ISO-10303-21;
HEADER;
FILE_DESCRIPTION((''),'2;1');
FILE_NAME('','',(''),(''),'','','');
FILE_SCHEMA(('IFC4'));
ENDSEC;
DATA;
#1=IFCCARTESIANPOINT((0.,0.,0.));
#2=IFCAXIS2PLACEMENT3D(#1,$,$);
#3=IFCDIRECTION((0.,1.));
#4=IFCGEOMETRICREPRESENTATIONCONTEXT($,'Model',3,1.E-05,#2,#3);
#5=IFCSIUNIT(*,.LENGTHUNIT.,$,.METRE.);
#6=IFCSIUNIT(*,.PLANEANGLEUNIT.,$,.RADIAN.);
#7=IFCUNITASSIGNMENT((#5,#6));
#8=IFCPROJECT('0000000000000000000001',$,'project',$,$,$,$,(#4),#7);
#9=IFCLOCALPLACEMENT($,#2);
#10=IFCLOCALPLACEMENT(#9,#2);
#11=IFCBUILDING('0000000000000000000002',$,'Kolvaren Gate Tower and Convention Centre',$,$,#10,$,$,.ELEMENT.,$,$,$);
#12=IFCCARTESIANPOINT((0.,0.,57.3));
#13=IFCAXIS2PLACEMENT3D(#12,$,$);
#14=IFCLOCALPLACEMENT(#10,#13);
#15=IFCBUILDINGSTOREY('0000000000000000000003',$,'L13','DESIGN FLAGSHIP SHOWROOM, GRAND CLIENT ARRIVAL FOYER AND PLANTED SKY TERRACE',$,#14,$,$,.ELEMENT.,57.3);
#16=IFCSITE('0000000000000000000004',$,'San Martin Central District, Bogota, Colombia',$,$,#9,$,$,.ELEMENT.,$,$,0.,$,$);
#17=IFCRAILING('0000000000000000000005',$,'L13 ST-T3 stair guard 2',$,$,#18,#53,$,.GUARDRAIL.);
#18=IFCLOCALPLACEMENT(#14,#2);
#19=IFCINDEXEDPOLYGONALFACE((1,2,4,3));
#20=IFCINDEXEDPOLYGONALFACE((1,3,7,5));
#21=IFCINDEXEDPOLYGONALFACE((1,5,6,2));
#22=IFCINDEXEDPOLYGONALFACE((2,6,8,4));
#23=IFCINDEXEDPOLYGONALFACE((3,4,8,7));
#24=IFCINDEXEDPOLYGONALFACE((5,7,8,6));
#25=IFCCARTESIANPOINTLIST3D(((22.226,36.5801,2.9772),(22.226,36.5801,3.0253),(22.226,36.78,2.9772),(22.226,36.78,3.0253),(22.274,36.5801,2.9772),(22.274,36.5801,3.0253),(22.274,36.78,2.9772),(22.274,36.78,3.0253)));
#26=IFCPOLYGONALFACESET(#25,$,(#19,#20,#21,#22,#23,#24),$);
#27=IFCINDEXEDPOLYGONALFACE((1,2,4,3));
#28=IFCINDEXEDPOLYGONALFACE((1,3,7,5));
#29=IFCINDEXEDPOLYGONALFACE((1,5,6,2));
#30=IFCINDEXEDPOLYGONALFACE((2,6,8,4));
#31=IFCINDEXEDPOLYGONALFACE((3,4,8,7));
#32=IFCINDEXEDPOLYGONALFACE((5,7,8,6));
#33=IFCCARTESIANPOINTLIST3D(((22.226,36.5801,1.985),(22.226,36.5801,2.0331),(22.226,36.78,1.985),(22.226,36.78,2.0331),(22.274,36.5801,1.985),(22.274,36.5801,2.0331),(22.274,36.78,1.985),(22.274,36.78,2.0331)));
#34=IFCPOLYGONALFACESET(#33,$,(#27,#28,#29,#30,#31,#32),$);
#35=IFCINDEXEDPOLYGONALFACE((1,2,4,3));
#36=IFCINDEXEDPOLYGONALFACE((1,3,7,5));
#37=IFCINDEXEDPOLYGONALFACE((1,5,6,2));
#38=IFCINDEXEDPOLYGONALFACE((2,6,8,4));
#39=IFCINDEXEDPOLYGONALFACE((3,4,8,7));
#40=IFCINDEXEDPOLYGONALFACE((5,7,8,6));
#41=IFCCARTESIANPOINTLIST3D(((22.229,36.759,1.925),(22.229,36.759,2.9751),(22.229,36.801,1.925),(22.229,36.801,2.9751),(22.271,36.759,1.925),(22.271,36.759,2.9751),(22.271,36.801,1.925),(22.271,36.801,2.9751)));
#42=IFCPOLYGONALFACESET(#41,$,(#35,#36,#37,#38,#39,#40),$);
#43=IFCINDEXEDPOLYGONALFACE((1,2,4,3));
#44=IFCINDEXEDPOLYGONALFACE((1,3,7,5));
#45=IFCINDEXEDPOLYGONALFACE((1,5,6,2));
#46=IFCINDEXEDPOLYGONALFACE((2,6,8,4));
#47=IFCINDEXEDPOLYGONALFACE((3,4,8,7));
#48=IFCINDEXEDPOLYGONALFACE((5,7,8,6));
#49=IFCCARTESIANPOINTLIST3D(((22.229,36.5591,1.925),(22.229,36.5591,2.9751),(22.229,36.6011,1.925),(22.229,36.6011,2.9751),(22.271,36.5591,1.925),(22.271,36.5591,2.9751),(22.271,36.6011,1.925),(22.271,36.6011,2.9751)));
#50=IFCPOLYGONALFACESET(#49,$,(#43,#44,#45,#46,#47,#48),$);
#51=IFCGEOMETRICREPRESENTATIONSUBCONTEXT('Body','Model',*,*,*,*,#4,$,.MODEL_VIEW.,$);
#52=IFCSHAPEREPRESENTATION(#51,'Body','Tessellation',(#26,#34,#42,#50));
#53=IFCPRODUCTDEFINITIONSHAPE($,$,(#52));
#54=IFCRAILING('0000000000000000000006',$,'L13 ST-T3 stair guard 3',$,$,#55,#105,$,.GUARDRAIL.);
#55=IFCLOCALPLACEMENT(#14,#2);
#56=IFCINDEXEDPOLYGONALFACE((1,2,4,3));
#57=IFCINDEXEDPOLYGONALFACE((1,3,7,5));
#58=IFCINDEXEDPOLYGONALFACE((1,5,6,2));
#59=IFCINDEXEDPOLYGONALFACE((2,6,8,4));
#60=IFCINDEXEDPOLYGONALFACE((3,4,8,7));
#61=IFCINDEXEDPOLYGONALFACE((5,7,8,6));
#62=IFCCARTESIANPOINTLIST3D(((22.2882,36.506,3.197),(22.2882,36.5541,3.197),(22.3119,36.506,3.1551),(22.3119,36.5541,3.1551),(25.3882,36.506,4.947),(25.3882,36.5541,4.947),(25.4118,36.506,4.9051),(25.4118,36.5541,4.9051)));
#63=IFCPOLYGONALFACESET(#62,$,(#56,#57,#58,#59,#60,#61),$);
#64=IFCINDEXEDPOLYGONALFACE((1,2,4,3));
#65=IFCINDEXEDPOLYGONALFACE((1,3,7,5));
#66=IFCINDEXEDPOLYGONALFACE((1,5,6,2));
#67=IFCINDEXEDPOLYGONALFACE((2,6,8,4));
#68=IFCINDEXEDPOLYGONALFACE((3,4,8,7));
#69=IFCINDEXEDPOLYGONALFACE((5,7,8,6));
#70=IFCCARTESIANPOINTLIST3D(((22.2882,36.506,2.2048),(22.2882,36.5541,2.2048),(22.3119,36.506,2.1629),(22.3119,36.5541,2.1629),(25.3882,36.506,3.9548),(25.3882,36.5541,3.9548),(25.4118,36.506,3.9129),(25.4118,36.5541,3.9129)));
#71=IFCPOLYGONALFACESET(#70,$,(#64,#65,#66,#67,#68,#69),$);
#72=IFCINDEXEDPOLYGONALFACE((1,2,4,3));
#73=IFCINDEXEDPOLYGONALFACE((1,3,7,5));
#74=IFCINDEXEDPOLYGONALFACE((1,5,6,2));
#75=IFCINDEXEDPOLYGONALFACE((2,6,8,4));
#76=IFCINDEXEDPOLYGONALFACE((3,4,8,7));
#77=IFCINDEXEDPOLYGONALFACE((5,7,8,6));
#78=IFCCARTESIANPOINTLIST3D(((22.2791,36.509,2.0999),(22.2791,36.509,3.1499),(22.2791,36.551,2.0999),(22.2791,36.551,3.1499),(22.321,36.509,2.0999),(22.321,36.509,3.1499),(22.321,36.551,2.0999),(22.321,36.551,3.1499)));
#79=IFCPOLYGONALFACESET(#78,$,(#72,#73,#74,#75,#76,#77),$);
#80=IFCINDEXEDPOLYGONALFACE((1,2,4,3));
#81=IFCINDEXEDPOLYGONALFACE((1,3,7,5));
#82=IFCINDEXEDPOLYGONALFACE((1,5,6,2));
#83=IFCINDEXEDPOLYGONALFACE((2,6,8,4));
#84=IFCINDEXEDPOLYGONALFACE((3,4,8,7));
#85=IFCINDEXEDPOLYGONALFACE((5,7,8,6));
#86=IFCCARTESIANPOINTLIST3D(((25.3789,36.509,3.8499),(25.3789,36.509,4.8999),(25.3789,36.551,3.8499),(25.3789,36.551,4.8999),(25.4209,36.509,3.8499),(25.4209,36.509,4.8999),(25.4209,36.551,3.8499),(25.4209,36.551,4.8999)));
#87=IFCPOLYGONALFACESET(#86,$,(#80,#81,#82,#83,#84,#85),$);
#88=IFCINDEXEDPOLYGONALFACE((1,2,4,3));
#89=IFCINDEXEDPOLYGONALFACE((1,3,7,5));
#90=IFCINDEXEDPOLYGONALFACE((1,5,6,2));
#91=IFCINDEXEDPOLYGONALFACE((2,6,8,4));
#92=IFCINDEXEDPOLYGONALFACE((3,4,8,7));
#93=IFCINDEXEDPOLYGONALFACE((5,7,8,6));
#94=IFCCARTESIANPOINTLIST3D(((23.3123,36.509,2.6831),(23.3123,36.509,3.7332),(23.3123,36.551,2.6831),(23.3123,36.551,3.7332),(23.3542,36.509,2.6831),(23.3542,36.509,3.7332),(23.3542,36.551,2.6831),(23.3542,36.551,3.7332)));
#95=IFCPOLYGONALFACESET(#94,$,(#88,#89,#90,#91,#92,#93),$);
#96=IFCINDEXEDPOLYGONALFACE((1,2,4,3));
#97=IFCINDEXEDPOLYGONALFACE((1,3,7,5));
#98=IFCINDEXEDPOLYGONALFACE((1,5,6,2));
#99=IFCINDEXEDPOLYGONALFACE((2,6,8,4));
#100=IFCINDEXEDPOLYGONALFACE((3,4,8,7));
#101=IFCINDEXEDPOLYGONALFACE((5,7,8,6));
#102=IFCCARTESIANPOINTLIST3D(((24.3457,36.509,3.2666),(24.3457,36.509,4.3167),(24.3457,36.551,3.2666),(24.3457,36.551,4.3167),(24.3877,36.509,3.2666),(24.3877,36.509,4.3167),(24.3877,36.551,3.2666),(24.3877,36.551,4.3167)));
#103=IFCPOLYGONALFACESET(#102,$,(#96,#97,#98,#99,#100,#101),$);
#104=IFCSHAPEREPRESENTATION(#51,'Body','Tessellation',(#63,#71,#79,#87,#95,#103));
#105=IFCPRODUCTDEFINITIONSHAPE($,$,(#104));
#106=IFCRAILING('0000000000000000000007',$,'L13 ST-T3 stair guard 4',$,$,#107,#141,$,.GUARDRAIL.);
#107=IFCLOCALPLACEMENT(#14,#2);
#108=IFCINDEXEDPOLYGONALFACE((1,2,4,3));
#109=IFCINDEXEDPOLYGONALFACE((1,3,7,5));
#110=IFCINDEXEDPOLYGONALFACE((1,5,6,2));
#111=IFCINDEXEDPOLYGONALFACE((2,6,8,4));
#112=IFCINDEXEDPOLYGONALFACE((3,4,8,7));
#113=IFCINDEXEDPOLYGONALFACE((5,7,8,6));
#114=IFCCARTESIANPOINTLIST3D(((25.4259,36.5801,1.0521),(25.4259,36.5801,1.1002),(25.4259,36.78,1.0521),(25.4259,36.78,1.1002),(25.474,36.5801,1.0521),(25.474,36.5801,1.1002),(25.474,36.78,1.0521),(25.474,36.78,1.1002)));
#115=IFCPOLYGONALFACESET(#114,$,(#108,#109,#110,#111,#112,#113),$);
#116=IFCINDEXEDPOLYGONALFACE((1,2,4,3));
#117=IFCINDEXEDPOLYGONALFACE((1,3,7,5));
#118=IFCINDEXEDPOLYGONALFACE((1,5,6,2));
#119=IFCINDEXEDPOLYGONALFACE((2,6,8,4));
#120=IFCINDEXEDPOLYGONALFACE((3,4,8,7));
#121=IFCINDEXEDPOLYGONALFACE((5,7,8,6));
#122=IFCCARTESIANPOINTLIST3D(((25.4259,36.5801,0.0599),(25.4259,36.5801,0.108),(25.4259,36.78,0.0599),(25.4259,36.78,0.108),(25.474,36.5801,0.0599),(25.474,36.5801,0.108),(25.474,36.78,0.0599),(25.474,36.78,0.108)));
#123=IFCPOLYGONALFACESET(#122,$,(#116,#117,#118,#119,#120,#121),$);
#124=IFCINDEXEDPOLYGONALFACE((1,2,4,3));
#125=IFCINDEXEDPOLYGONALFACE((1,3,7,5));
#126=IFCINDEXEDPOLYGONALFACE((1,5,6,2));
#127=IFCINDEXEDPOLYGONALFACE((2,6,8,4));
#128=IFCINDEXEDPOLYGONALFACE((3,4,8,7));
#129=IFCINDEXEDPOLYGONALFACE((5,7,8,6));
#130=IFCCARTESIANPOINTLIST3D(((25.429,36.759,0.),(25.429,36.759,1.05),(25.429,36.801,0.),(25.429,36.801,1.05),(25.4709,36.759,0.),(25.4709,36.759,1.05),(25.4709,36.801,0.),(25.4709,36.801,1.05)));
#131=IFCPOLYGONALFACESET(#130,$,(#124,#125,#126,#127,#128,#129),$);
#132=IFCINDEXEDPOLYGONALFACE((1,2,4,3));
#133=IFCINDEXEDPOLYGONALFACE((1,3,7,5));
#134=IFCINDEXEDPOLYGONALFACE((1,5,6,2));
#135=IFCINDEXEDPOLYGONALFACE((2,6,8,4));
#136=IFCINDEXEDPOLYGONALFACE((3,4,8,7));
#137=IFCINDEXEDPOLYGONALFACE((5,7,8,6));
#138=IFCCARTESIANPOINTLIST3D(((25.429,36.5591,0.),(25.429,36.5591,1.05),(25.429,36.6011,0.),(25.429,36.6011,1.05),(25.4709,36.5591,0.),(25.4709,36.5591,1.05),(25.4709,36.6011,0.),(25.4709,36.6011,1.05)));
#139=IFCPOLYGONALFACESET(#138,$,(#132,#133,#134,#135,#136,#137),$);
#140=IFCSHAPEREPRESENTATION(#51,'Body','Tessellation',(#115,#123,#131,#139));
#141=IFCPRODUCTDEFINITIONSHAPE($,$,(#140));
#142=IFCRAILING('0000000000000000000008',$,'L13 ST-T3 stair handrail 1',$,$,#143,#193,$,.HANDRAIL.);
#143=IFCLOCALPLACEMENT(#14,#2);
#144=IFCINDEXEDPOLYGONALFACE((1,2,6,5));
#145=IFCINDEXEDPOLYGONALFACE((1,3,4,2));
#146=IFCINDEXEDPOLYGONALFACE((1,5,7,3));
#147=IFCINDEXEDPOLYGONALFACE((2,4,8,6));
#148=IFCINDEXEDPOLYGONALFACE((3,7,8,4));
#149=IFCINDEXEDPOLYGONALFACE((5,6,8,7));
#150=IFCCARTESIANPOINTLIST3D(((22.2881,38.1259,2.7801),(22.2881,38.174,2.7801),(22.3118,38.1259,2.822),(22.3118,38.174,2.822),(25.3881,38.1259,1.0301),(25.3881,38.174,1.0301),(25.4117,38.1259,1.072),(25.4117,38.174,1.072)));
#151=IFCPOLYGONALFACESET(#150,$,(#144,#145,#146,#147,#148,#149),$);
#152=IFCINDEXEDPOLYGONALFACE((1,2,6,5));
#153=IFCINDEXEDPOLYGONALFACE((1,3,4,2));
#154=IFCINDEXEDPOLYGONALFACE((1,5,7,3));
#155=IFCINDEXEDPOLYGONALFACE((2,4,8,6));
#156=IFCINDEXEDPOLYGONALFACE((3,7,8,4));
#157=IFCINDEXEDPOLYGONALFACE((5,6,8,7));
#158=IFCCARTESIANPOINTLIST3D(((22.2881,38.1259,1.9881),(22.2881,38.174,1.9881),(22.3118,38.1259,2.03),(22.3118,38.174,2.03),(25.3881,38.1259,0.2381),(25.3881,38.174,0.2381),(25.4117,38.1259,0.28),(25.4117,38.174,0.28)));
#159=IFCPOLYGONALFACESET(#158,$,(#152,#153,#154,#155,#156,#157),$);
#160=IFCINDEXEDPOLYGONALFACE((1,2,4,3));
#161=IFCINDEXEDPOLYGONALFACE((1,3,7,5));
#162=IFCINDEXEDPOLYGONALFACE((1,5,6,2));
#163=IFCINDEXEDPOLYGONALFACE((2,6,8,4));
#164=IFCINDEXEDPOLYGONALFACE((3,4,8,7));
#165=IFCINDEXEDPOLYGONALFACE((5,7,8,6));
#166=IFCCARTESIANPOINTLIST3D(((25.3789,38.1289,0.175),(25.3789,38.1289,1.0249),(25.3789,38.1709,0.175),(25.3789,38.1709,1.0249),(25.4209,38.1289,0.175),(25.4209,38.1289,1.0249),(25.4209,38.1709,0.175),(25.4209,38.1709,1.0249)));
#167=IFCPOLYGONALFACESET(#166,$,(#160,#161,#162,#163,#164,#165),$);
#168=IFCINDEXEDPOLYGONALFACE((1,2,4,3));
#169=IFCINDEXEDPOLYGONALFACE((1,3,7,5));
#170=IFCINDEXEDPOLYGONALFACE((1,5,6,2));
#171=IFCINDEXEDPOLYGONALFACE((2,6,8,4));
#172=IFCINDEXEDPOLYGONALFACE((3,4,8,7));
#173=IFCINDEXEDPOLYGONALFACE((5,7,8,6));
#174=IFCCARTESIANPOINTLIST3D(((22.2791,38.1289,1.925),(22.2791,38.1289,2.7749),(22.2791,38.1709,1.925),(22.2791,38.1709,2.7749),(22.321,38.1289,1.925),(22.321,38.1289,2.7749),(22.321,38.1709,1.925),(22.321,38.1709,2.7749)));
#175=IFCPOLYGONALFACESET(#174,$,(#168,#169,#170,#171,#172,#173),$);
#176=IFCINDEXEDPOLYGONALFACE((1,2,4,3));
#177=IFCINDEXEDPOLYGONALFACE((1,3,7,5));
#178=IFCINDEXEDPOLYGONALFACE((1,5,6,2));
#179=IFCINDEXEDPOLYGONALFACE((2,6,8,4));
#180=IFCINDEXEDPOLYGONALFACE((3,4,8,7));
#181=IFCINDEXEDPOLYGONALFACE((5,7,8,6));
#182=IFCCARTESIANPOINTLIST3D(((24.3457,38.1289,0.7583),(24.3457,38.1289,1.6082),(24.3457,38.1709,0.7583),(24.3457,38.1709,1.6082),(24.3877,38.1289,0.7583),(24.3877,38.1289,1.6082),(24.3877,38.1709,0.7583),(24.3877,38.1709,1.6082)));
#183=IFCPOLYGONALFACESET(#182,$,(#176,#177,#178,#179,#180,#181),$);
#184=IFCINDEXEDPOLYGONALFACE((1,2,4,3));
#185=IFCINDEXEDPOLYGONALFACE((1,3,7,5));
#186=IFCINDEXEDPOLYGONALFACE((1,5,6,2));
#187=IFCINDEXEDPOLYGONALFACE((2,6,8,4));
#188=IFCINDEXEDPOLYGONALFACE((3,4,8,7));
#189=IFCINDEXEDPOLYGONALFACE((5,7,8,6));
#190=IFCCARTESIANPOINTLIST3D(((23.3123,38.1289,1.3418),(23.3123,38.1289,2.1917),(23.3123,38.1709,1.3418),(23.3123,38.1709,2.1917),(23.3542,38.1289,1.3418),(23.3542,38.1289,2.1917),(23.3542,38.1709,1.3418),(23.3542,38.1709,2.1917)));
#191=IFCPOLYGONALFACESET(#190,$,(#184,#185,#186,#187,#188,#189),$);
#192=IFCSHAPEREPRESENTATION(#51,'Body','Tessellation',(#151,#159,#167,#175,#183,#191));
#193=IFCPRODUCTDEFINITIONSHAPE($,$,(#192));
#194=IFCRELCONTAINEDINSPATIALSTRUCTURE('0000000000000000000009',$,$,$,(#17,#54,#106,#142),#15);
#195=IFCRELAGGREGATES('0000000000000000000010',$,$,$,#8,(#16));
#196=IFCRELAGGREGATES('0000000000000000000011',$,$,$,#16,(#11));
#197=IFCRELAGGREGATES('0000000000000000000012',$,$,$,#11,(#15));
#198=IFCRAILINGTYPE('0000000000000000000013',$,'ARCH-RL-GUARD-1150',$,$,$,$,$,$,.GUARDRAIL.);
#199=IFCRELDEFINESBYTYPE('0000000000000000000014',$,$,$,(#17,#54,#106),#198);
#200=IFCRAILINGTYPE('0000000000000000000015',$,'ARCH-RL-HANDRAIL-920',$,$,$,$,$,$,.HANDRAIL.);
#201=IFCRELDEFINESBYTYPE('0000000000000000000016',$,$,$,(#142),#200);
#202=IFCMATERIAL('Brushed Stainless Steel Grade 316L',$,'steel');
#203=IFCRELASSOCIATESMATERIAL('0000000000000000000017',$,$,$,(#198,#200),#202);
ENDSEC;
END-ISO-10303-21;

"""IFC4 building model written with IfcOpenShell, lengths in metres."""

from ifc_helpers import new_model, si_unit, direction, frame, origin, origin_2d, place, context, subcontext, project, spatial, rectangle, extrude, material, type_object, element, save


model = new_model("IFC4")

# Units and contexts
model_context = context("Model", 3, precision=1e-05, world=origin(), true_north=direction((0.0, 1.0)))
body_context = subcontext(model_context, "Body", "Model", "MODEL_VIEW")
ifc_project = project(units=[si_unit("LENGTHUNIT", "METRE"), si_unit("PLANEANGLEUNIT", "RADIAN")], contexts=[model_context])

# Site, building, storey
site_placement = place(None, origin())
site = spatial("IfcSite", under=ifc_project, at=site_placement, Name="San Martin Central District, Bogota, Colombia", CompositionType="ELEMENT", RefElevation=0.0)
building_placement = place(site_placement, origin())
building = spatial("IfcBuilding", under=site, at=building_placement, Name="Kolvaren Gate Tower and Convention Centre", CompositionType="ELEMENT")
storey_placement = place(building_placement, frame((0.0, 0.0, 57.3)))
storey = spatial("IfcBuildingStorey", under=building, at=storey_placement, Name="L13", Description="DESIGN FLAGSHIP SHOWROOM, GRAND CLIENT ARRIVAL FOYER AND PLANTED SKY TERRACE", CompositionType="ELEMENT", Elevation=57.3)

# Railings
ifc_material_1 = material(Name="Brushed Stainless Steel Grade 316L", Category="steel")
railing_type_1 = type_object("IfcRailingType", Name="ARCH-RL-GUARD-1150", PredefinedType="GUARDRAIL", material=ifc_material_1)
railing_1_placement = place(storey_placement, frame((22.25, 36.78, 1.925)))
element("IfcRailing", 1, at=railing_1_placement, inside=storey, type_object=railing_type_1, Name="L13 ST-T3 stair guard 2", PredefinedType="GUARDRAIL", context=body_context, shape_type="SweptSolid", body=[
    extrude(rectangle(XDim=0.0481, YDim=0.0481, at=origin_2d()), frame((0.0, 0.0, 1.0762), z_axis=(0.0, -1.0, 0.0), x_axis=(1.0, 0.0, 0.0)), (0.0, 0.0, 1.0), 0.2),
    extrude(rectangle(XDim=0.0481, YDim=0.0481, at=origin_2d()), frame((0.0, 0.0, 0.084), z_axis=(0.0, -1.0, 0.0), x_axis=(1.0, 0.0, 0.0)), (0.0, 0.0, 1.0), 0.2),
    extrude(rectangle(XDim=0.042, YDim=0.042, at=origin_2d()), origin(), (0.0, 0.0, 1.0), 1.05),
    extrude(rectangle(XDim=0.042, YDim=0.042, at=origin_2d()), frame((0.0, -0.2, 0.0)), (0.0, 0.0, 1.0), 1.05),
])
railing_2_placement = place(storey_placement, frame((22.3, 36.53, 2.0999)))
element("IfcRailing", 2, at=railing_2_placement, inside=storey, type_object=railing_type_1, Name="L13 ST-T3 stair guard 3", PredefinedType="GUARDRAIL", context=body_context, shape_type="SweptSolid", body=[
    extrude(rectangle(XDim=0.0481, YDim=0.0481, at=origin_2d()), frame((0.0, 0.0, 1.0762), z_axis=(0.870814, 0.0, 0.491612), x_axis=(0.0, 1.0, 0.0)), (0.0, 0.0, 1.0), 3.5598),
    extrude(rectangle(XDim=0.0481, YDim=0.0481, at=origin_2d()), frame((0.0, 0.0, 0.084), z_axis=(0.870814, 0.0, 0.491612), x_axis=(0.0, 1.0, 0.0)), (0.0, 0.0, 1.0), 3.5598),
    extrude(rectangle(XDim=0.042, YDim=0.042, at=origin_2d()), origin(), (0.0, 0.0, 1.0), 1.05),
    extrude(rectangle(XDim=0.042, YDim=0.042, at=origin_2d()), frame((3.0999, 0.0, 1.75)), (0.0, 0.0, 1.0), 1.05),
    extrude(rectangle(XDim=0.042, YDim=0.042, at=origin_2d()), frame((1.0332, 0.0, 0.5833)), (0.0, 0.0, 1.0), 1.05),
    extrude(rectangle(XDim=0.042, YDim=0.042, at=origin_2d()), frame((2.0667, 0.0, 1.1667)), (0.0, 0.0, 1.0), 1.05),
])
railing_3_placement = place(storey_placement, frame((25.45, 36.78, 0.0)))
element("IfcRailing", 3, at=railing_3_placement, inside=storey, type_object=railing_type_1, Name="L13 ST-T3 stair guard 4", PredefinedType="GUARDRAIL", context=body_context, shape_type="SweptSolid", body=[
    extrude(rectangle(XDim=0.0481, YDim=0.0481, at=origin_2d()), frame((0.0, 0.0, 1.0762), z_axis=(0.0, -1.0, 0.0), x_axis=(1.0, 0.0, 0.0)), (0.0, 0.0, 1.0), 0.2),
    extrude(rectangle(XDim=0.0481, YDim=0.0481, at=origin_2d()), frame((0.0, 0.0, 0.084), z_axis=(0.0, -1.0, 0.0), x_axis=(1.0, 0.0, 0.0)), (0.0, 0.0, 1.0), 0.2),
    extrude(rectangle(XDim=0.042, YDim=0.042, at=origin_2d()), origin(), (0.0, 0.0, 1.0), 1.05),
    extrude(rectangle(XDim=0.042, YDim=0.042, at=origin_2d()), frame((0.0, -0.2, 0.0)), (0.0, 0.0, 1.0), 1.05),
])
railing_type_2 = type_object("IfcRailingType", Name="ARCH-RL-HANDRAIL-920", PredefinedType="HANDRAIL", material=ifc_material_1)
railing_4_placement = place(storey_placement, frame((25.3999, 38.1499, 0.175)))
element("IfcRailing", 4, at=railing_4_placement, inside=storey, type_object=railing_type_2, Name="L13 ST-T3 stair handrail 1", PredefinedType="HANDRAIL", context=body_context, shape_type="SweptSolid", body=[
    extrude(rectangle(XDim=0.0481, YDim=0.0481, at=origin_2d()), frame((0.0, 0.0, 0.876), z_axis=(-0.870814, 0.0, 0.491612), x_axis=(0.0, -1.0, 0.0)), (0.0, 0.0, 1.0), 3.5598),
    extrude(rectangle(XDim=0.0481, YDim=0.0481, at=origin_2d()), frame((0.0, 0.0, 0.084), z_axis=(-0.870814, 0.0, 0.491612), x_axis=(0.0, -1.0, 0.0)), (0.0, 0.0, 1.0), 3.5598),
    extrude(rectangle(XDim=0.042, YDim=0.042, at=origin_2d()), origin(), (0.0, 0.0, 1.0), 0.8499),
    extrude(rectangle(XDim=0.042, YDim=0.042, at=origin_2d()), frame((-3.0999, 0.0, 1.75)), (0.0, 0.0, 1.0), 0.8499),
    extrude(rectangle(XDim=0.042, YDim=0.042, at=origin_2d()), frame((-1.0332, 0.0, 0.5833)), (0.0, 0.0, 1.0), 0.8499),
    extrude(rectangle(XDim=0.042, YDim=0.042, at=origin_2d()), frame((-2.0667, 0.0, 1.1667)), (0.0, 0.0, 1.0), 0.8499),
])

save(model, "model.ifc")
